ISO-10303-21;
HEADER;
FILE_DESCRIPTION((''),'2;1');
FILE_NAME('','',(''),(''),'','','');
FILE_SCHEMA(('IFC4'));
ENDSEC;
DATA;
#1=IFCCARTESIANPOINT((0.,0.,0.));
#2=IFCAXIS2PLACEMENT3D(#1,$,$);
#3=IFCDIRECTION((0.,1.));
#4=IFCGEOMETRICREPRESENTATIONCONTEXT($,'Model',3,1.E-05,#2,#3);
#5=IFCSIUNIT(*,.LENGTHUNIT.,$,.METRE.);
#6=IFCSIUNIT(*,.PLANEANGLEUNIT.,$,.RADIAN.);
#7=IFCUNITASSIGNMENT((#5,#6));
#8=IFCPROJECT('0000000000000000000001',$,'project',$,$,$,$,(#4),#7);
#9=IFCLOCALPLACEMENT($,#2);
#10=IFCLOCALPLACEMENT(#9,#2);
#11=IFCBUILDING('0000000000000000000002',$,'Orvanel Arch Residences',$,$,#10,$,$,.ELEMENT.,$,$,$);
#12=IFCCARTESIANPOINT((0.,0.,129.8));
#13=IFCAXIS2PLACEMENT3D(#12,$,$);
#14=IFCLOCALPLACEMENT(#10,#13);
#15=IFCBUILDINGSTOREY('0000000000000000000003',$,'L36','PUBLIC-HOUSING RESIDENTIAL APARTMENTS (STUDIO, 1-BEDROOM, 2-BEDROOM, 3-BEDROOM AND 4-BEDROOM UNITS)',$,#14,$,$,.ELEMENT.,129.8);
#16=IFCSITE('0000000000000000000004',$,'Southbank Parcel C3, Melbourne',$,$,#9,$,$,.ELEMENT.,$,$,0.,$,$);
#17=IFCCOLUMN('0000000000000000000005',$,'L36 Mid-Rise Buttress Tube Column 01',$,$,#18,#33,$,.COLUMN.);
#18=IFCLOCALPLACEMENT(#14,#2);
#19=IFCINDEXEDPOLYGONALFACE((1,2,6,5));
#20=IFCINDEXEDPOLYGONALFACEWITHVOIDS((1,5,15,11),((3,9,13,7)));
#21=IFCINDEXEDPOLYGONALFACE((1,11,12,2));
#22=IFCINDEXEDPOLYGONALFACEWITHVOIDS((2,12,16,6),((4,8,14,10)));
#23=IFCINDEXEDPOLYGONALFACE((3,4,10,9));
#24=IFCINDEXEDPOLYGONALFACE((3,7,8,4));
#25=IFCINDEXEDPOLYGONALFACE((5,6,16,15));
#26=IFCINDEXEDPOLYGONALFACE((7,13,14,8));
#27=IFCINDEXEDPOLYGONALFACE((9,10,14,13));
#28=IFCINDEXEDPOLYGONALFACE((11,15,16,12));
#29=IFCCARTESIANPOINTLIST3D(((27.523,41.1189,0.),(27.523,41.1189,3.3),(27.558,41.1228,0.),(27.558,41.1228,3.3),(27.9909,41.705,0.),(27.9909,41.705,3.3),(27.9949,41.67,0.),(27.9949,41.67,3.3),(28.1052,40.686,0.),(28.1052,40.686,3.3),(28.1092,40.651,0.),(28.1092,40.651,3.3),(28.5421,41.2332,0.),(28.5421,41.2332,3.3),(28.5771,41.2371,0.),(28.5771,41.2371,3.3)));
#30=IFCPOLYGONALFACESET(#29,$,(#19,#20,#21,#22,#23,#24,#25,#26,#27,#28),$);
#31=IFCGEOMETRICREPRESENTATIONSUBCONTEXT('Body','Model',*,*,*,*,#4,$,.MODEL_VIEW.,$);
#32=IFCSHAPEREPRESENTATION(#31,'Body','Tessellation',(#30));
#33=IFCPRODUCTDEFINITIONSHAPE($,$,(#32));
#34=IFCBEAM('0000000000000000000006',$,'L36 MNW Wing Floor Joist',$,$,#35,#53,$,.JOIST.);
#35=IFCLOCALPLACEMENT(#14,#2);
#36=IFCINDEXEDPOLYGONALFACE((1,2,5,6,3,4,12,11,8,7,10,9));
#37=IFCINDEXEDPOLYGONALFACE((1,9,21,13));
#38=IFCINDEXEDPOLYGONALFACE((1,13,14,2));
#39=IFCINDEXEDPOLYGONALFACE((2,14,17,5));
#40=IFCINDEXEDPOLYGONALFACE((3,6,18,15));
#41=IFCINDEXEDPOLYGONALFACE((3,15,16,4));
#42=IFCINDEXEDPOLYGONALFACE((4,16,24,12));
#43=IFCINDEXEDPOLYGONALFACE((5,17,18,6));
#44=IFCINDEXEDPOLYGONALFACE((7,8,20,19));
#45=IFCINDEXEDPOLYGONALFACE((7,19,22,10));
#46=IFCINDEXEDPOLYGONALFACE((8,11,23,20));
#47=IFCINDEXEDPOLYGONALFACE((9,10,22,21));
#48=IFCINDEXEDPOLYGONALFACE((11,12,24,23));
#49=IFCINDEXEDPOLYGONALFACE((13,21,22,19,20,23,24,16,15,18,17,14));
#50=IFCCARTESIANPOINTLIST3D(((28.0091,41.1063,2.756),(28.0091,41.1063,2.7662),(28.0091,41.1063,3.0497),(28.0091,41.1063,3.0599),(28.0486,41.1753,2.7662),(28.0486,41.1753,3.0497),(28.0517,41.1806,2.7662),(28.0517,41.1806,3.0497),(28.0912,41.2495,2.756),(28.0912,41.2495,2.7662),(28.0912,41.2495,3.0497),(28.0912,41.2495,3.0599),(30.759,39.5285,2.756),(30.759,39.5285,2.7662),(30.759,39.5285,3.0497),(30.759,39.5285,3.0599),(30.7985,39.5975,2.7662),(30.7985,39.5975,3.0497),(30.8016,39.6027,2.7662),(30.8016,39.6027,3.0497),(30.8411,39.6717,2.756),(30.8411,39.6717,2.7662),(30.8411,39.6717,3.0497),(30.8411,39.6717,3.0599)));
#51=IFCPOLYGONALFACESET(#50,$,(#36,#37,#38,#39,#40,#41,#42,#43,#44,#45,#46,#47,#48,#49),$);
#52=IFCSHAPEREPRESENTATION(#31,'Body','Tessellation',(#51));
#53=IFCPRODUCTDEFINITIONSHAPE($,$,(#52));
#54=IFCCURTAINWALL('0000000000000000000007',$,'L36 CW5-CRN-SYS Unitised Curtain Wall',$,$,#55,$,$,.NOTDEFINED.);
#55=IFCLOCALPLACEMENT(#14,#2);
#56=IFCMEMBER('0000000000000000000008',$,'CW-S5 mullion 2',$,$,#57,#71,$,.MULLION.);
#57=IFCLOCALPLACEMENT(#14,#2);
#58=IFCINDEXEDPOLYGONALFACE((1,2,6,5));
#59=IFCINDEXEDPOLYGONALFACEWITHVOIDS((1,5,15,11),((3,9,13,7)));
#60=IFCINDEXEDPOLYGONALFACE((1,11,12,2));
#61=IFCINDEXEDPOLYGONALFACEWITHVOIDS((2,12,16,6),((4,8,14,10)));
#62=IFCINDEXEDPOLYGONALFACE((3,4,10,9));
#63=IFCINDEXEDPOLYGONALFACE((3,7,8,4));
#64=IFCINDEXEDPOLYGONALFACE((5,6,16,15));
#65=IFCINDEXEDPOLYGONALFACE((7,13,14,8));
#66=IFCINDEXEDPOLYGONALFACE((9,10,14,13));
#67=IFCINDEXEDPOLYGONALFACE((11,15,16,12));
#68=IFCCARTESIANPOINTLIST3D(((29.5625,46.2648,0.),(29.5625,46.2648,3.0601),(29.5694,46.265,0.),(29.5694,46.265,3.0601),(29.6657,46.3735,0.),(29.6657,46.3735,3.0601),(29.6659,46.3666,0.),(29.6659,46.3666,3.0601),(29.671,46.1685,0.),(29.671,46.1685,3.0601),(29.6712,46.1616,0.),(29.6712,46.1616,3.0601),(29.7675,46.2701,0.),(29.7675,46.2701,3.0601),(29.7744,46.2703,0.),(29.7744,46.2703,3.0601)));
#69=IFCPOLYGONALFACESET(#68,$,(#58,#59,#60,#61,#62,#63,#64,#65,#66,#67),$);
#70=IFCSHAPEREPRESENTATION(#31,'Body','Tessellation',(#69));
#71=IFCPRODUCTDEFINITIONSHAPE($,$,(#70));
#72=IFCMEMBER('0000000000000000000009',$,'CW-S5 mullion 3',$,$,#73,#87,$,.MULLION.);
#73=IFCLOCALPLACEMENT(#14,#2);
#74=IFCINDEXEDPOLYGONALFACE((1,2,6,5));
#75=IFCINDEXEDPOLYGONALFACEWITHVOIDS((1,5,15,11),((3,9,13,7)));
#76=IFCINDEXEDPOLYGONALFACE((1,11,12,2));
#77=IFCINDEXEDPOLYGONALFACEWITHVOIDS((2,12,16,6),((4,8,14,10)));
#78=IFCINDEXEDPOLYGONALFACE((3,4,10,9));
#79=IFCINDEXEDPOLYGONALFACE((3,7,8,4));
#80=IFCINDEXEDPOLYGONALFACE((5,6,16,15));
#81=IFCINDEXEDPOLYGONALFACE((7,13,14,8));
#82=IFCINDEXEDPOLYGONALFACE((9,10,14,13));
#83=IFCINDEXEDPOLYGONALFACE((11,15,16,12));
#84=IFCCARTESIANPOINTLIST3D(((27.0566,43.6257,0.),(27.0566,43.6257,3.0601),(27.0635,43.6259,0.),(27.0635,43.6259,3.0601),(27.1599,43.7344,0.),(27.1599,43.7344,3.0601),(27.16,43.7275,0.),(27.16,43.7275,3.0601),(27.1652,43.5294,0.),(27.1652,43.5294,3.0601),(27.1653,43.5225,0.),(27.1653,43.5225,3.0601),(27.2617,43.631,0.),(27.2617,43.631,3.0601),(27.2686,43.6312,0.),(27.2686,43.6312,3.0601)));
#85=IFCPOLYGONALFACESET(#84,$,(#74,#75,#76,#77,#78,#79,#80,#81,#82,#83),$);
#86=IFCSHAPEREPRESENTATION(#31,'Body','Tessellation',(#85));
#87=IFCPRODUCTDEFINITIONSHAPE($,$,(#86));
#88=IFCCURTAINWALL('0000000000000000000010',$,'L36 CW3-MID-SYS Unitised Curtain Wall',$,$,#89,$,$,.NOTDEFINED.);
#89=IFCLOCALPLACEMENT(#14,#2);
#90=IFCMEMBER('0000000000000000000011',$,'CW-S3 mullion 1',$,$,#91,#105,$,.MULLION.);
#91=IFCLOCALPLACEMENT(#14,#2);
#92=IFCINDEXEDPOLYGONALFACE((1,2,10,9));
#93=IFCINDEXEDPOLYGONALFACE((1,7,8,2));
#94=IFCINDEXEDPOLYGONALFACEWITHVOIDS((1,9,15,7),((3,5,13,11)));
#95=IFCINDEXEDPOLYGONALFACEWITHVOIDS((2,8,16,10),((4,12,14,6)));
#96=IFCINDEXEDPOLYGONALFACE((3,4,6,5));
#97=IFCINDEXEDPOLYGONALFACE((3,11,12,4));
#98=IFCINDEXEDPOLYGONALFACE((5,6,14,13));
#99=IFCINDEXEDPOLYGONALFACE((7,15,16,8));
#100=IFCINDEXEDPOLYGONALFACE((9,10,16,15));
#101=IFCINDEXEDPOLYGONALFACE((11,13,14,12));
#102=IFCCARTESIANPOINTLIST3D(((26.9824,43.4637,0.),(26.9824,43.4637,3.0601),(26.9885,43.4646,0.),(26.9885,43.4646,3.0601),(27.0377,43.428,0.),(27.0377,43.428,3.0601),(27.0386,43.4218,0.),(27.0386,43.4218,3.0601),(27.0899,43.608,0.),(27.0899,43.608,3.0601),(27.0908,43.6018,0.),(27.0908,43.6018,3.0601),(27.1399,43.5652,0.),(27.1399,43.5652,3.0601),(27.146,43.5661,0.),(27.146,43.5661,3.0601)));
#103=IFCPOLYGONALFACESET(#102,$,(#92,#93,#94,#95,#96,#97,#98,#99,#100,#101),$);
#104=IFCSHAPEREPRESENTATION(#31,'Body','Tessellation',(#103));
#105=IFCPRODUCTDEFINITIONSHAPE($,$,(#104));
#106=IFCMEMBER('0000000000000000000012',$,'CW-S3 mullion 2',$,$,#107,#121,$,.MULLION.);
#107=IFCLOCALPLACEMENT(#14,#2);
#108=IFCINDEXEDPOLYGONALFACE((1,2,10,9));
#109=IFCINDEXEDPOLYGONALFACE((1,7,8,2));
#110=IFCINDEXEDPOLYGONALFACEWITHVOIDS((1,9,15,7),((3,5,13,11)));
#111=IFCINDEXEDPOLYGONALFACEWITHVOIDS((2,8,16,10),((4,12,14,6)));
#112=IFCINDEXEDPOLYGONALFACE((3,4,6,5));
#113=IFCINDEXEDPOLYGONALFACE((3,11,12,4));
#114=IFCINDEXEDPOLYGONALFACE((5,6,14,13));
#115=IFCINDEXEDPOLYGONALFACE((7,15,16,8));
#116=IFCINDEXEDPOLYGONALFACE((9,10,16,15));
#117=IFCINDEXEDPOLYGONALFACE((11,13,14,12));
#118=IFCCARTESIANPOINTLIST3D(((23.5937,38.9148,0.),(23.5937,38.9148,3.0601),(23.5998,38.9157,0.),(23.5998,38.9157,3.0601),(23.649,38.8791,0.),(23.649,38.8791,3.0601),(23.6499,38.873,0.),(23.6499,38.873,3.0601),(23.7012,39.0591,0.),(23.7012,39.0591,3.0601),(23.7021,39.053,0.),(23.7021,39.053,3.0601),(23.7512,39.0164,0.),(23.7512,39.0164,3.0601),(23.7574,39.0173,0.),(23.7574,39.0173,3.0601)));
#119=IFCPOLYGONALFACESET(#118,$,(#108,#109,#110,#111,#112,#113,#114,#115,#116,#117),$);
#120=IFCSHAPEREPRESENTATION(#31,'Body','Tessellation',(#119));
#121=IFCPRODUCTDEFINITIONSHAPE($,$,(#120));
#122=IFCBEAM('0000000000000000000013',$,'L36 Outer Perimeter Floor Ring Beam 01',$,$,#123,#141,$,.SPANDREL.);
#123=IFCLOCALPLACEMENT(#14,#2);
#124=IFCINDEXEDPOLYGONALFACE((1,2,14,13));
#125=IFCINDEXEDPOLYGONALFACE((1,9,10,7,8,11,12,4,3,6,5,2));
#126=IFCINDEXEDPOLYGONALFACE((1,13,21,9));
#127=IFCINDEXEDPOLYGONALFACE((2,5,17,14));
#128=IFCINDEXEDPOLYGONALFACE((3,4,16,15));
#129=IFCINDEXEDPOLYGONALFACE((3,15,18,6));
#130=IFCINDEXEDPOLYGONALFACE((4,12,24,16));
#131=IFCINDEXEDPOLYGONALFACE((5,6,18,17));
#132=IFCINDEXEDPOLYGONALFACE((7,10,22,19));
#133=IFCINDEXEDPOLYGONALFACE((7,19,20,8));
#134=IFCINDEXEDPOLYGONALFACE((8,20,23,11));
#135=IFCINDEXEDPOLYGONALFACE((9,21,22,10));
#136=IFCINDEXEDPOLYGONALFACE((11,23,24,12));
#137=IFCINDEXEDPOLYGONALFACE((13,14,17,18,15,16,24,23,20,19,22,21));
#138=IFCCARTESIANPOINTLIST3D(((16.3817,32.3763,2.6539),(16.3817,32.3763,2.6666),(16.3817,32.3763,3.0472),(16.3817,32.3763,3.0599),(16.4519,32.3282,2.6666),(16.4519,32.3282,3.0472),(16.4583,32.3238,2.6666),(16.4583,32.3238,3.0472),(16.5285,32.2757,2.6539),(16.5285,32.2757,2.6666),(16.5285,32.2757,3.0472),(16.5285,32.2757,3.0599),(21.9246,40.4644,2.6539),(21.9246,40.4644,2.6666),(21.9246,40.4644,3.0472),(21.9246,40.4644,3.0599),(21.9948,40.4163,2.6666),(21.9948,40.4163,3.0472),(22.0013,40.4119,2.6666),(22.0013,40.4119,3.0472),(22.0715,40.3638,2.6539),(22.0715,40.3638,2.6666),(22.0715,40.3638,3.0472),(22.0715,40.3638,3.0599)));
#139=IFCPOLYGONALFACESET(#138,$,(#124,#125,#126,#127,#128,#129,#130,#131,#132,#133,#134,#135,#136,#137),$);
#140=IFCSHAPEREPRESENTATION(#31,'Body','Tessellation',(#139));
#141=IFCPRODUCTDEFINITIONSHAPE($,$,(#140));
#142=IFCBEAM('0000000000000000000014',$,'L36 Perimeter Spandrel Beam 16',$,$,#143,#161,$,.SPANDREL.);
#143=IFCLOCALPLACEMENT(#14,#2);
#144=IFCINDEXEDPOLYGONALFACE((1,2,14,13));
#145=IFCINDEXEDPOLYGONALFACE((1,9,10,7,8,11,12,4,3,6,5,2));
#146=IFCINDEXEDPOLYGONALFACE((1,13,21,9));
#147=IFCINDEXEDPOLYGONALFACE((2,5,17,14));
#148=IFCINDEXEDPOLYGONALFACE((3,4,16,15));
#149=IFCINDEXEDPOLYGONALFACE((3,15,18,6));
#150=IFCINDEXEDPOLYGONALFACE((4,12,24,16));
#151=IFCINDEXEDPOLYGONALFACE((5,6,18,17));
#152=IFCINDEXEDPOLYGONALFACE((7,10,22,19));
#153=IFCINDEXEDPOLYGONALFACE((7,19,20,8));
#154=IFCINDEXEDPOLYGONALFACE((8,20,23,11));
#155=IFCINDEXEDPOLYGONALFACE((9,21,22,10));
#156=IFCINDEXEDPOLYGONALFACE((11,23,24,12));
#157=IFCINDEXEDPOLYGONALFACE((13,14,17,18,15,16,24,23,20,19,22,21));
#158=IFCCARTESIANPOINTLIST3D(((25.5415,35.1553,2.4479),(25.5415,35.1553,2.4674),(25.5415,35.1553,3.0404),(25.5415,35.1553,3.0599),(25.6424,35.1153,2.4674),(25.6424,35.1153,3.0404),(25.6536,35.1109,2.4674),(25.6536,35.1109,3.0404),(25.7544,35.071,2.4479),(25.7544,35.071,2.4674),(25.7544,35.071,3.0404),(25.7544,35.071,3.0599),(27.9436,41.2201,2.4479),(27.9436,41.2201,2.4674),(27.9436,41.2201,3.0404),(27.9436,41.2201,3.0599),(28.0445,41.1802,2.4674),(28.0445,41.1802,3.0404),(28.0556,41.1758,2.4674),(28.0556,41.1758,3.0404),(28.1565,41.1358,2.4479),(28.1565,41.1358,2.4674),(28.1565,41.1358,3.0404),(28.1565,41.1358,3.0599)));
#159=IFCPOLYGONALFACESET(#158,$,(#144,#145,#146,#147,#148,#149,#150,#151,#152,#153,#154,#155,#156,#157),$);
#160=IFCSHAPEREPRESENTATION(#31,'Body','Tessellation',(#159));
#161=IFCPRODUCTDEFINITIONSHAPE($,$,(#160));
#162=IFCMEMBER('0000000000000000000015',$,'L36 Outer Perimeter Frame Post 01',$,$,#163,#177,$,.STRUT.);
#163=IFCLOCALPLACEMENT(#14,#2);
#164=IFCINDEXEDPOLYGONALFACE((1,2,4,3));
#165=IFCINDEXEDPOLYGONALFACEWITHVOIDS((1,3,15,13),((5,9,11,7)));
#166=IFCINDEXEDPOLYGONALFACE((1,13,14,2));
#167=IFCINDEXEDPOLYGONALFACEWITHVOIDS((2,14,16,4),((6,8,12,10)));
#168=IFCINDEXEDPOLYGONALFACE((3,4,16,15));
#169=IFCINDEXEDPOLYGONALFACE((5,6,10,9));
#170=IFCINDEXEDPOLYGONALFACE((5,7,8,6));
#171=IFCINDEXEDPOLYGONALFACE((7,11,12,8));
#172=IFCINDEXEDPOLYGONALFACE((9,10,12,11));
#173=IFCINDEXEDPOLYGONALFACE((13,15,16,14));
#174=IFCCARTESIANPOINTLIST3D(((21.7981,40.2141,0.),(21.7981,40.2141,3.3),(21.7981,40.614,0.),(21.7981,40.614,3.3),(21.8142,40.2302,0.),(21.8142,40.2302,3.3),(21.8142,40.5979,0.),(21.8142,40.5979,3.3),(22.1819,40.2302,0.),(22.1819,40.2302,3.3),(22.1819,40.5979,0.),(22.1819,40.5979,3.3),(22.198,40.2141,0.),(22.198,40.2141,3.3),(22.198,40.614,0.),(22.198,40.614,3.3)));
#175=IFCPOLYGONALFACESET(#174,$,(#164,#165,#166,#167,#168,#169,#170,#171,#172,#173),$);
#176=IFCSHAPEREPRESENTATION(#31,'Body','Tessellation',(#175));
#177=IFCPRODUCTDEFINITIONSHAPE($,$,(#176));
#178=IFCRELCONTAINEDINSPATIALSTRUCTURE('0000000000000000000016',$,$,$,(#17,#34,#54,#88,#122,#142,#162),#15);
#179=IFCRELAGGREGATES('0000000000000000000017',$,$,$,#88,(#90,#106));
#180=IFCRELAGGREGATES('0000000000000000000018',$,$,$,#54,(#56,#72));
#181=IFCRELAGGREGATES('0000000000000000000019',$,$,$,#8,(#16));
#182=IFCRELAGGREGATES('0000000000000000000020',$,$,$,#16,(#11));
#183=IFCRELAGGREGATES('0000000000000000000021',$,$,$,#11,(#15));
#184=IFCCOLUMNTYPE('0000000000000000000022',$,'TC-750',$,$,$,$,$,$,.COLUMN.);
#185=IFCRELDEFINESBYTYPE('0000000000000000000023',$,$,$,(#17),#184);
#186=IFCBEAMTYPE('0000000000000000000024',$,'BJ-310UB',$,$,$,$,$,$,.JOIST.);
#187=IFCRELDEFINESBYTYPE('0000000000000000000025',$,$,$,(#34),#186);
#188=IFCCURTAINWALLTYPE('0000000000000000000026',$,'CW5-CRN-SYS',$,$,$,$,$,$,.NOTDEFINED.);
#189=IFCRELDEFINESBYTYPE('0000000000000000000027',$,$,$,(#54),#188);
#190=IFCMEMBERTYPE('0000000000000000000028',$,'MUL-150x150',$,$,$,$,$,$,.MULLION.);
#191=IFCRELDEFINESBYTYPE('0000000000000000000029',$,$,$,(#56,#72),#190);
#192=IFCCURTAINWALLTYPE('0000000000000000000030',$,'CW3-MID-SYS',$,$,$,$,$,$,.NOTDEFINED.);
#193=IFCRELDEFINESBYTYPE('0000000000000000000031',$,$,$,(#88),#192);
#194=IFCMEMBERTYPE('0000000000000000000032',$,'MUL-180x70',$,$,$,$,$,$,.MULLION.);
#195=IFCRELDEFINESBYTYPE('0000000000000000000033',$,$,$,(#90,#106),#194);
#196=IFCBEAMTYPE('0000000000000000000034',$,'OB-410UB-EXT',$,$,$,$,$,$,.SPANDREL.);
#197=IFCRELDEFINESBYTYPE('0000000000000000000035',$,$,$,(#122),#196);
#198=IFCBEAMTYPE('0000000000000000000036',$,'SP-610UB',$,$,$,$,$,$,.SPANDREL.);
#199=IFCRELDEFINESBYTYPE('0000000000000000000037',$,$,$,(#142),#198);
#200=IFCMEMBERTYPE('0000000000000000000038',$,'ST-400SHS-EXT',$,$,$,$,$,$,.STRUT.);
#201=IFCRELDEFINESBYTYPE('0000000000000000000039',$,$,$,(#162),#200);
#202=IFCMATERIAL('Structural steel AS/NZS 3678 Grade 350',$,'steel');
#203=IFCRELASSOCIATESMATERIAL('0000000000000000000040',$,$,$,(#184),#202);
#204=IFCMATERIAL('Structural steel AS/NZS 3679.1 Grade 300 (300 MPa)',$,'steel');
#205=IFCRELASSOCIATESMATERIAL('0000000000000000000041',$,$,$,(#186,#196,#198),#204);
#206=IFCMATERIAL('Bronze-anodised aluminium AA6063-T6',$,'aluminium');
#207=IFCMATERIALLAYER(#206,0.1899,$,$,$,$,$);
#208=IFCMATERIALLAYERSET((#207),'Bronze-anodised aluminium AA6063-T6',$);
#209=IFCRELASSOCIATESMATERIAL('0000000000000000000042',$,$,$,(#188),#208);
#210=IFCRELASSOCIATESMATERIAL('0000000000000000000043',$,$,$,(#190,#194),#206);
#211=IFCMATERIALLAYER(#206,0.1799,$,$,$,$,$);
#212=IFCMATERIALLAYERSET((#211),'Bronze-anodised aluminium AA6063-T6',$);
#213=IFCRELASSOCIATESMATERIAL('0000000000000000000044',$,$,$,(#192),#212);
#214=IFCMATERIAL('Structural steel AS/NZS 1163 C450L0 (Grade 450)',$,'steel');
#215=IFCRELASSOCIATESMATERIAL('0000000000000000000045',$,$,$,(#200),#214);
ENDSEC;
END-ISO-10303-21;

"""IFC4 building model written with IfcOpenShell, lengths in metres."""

from ifc_helpers import new_model, si_unit, direction, frame, origin, origin_2d, place, context, subcontext, project, spatial, hollow_rectangle, i_section, extrude, material, layer, layer_set, material_profile, profile_set, type_object, element, aggregate, save


model = new_model("IFC4")

# Units and contexts
model_context = context("Model", 3, precision=1e-05, world=origin(), true_north=direction((0.0, 1.0)))
body_context = subcontext(model_context, "Body", "Model", "MODEL_VIEW")
ifc_project = project(units=[si_unit("LENGTHUNIT", "METRE"), si_unit("PLANEANGLEUNIT", "RADIAN")], contexts=[model_context])

# Site, building, storey
site_placement = place(None, origin())
site = spatial("IfcSite", under=ifc_project, at=site_placement, Name="Southbank Parcel C3, Melbourne", CompositionType="ELEMENT", RefElevation=0.0)
building_placement = place(site_placement, origin())
building = spatial("IfcBuilding", under=site, at=building_placement, Name="Orvanel Arch Residences", CompositionType="ELEMENT")
storey_placement = place(building_placement, frame((0.0, 0.0, 129.8)))
storey = spatial("IfcBuildingStorey", under=building, at=storey_placement, Name="L36", Description="PUBLIC-HOUSING RESIDENTIAL APARTMENTS (STUDIO, 1-BEDROOM, 2-BEDROOM, 3-BEDROOM AND 4-BEDROOM UNITS)", CompositionType="ELEMENT", Elevation=129.8)

# Column
ifc_material_1 = material(Name="Structural steel AS/NZS 3678 Grade 350", Category="steel")
ifc_material_profile_1 = material_profile(ifc_material_1, hollow_rectangle(XDim=0.75, YDim=0.75, WallThickness=0.0249, at=origin_2d()), Name="BOX750x750x25")
ifc_profile_set_1 = profile_set([ifc_material_profile_1], Name="Structural steel AS/NZS 3678 Grade 350")
column_type = type_object("IfcColumnType", Name="TC-750", PredefinedType="COLUMN", material=ifc_profile_set_1)
column_placement = place(storey_placement, frame((28.05, 41.178, 0.0), z_axis=(0.0, 0.0, 1.0), x_axis=(0.62388, 0.78152, 0.0)))
element("IfcColumn", 1, at=column_placement, inside=storey, type_object=column_type, Name="L36 Mid-Rise Buttress Tube Column 01", PredefinedType="COLUMN", context=body_context, shape_type="SweptSolid", body=[
    extrude(hollow_rectangle(XDim=0.75, YDim=0.75, WallThickness=0.0249, at=origin_2d()), origin(), (0.0, 0.0, 1.0), 3.3),
])

# Beam
ifc_material_2 = material(Name="Structural steel AS/NZS 3679.1 Grade 300 (300 MPa)", Category="steel")
ifc_material_profile_2 = material_profile(ifc_material_2, i_section(OverallWidth=0.165, OverallDepth=0.304, WebThickness=0.0061, FlangeThickness=0.0103, at=origin_2d()), Name="310UB40.4")
ifc_profile_set_2 = profile_set([ifc_material_profile_2], Name="Structural steel AS/NZS 3679.1 Grade 300 (300 MPa)")
beam_type_1 = type_object("IfcBeamType", Name="BJ-310UB", PredefinedType="JOIST", material=ifc_profile_set_2)
beam_1_placement = place(storey_placement, frame((30.8, 39.6001, 2.908), z_axis=(-0.867365, 0.497672, 0.0), x_axis=(-0.497672, -0.867365, 0.0)))
element("IfcBeam", 2, at=beam_1_placement, inside=storey, type_object=beam_type_1, Name="L36 MNW Wing Floor Joist", PredefinedType="JOIST", context=body_context, shape_type="SweptSolid", body=[
    extrude(i_section(OverallWidth=0.165, OverallDepth=0.304, WebThickness=0.0061, FlangeThickness=0.0103, at=origin_2d()), origin(), (0.0, 0.0, 1.0), 3.1704),
])

# Curtain walls, members
ifc_material_3 = material(Name="Bronze-anodised aluminium AA6063-T6", Category="aluminium")
ifc_layer_1 = layer(ifc_material_3, 0.1899)
ifc_layer_set_1 = layer_set([ifc_layer_1], Name="Bronze-anodised aluminium AA6063-T6")
curtain_wall_type_1 = type_object("IfcCurtainWallType", Name="CW5-CRN-SYS", PredefinedType="NOTDEFINED", material=ifc_layer_set_1)
curtain_wall_1_placement = place(storey_placement, origin())
curtain_wall_1 = element("IfcCurtainWall", 3, at=curtain_wall_1_placement, inside=storey, type_object=curtain_wall_type_1, Name="L36 CW5-CRN-SYS Unitised Curtain Wall", PredefinedType="NOTDEFINED")
ifc_material_profile_3 = material_profile(ifc_material_3, hollow_rectangle(XDim=0.1499, YDim=0.1499, WallThickness=0.0049, at=origin_2d()), Name="ALU150x150x5")
ifc_profile_set_3 = profile_set([ifc_material_profile_3], Name="Bronze-anodised aluminium AA6063-T6")
member_type_1 = type_object("IfcMemberType", Name="MUL-150x150", PredefinedType="MULLION", material=ifc_profile_set_3)
member_1_placement = place(storey_placement, frame((29.6685, 46.2676, 0.0), z_axis=(0.0, 0.0, 1.0), x_axis=(0.725178, -0.688562, 0.0)))
member_1 = element("IfcMember", 4, at=member_1_placement, type_object=member_type_1, Name="CW-S5 mullion 2", PredefinedType="MULLION", context=body_context, shape_type="SweptSolid", body=[
    extrude(hollow_rectangle(XDim=0.1499, YDim=0.1499, WallThickness=0.0049, at=origin_2d()), origin(), (0.0, 0.0, 1.0), 3.0601),
])
member_2_placement = place(storey_placement, frame((27.1626, 43.6284, 0.0), z_axis=(0.0, 0.0, 1.0), x_axis=(0.725178, -0.688562, 0.0)))
member_2 = element("IfcMember", 5, at=member_2_placement, type_object=member_type_1, Name="CW-S5 mullion 3", PredefinedType="MULLION", context=body_context, shape_type="SweptSolid", body=[
    extrude(hollow_rectangle(XDim=0.1499, YDim=0.1499, WallThickness=0.0049, at=origin_2d()), origin(), (0.0, 0.0, 1.0), 3.0601),
])
ifc_layer_2 = layer(ifc_material_3, 0.1799)
ifc_layer_set_2 = layer_set([ifc_layer_2], Name="Bronze-anodised aluminium AA6063-T6")
curtain_wall_type_2 = type_object("IfcCurtainWallType", Name="CW3-MID-SYS", PredefinedType="NOTDEFINED", material=ifc_layer_set_2)
curtain_wall_2_placement = place(storey_placement, origin())
curtain_wall_2 = element("IfcCurtainWall", 6, at=curtain_wall_2_placement, inside=storey, type_object=curtain_wall_type_2, Name="L36 CW3-MID-SYS Unitised Curtain Wall", PredefinedType="NOTDEFINED")
ifc_material_profile_4 = material_profile(ifc_material_3, hollow_rectangle(XDim=0.0701, YDim=0.1799, WallThickness=0.0044, at=origin_2d()), Name="ALU180x70x4.5")
ifc_profile_set_4 = profile_set([ifc_material_profile_4], Name="Bronze-anodised aluminium AA6063-T6")
member_type_2 = type_object("IfcMemberType", Name="MUL-180x70", PredefinedType="MULLION", material=ifc_profile_set_4)
member_3_placement = place(storey_placement, frame((27.0642, 43.5149, 0.0), z_axis=(0.0, 0.0, 1.0), x_axis=(0.801951, -0.59739, 0.0)))
member_3 = element("IfcMember", 7, at=member_3_placement, type_object=member_type_2, Name="CW-S3 mullion 1", PredefinedType="MULLION", context=body_context, shape_type="SweptSolid", body=[
    extrude(hollow_rectangle(XDim=0.0701, YDim=0.1799, WallThickness=0.0044, at=origin_2d()), origin(), (0.0, 0.0, 1.0), 3.0601),
])
member_4_placement = place(storey_placement, frame((23.6755, 38.9661, 0.0), z_axis=(0.0, 0.0, 1.0), x_axis=(0.801951, -0.59739, 0.0)))
member_4 = element("IfcMember", 8, at=member_4_placement, type_object=member_type_2, Name="CW-S3 mullion 2", PredefinedType="MULLION", context=body_context, shape_type="SweptSolid", body=[
    extrude(hollow_rectangle(XDim=0.0701, YDim=0.1799, WallThickness=0.0044, at=origin_2d()), origin(), (0.0, 0.0, 1.0), 3.0601),
])

# Beams
ifc_material_profile_5 = material_profile(ifc_material_2, i_section(OverallWidth=0.178, OverallDepth=0.406, WebThickness=0.0078, FlangeThickness=0.0127, at=origin_2d()), Name="410UB59.7")
ifc_profile_set_5 = profile_set([ifc_material_profile_5], Name="Structural steel AS/NZS 3679.1 Grade 300 (300 MPa)")
beam_type_2 = type_object("IfcBeamType", Name="OB-410UB-EXT", PredefinedType="SPANDREL", material=ifc_profile_set_5)
beam_2_placement = place(storey_placement, frame((21.998, 40.4141, 2.8569), z_axis=(-0.565308, -0.82488, 0.0), x_axis=(0.82488, -0.565308, 0.0)))
element("IfcBeam", 9, at=beam_2_placement, inside=storey, type_object=beam_type_2, Name="L36 Outer Perimeter Floor Ring Beam 01", PredefinedType="SPANDREL", context=body_context, shape_type="SweptSolid", body=[
    extrude(i_section(OverallWidth=0.178, OverallDepth=0.406, WebThickness=0.0078, FlangeThickness=0.0127, at=origin_2d()), origin(), (0.0, 0.0, 1.0), 9.8052),
])
ifc_material_profile_6 = material_profile(ifc_material_2, i_section(OverallWidth=0.229, OverallDepth=0.6121, WebThickness=0.012, FlangeThickness=0.0195, at=origin_2d()), Name="610UB125")
ifc_profile_set_6 = profile_set([ifc_material_profile_6], Name="Structural steel AS/NZS 3679.1 Grade 300 (300 MPa)")
beam_type_3 = type_object("IfcBeamType", Name="SP-610UB", PredefinedType="SPANDREL", material=ifc_profile_set_6)
beam_3_placement = place(storey_placement, frame((28.05, 41.178, 2.7539), z_axis=(-0.368233, -0.929733, 0.0), x_axis=(0.929733, -0.368233, 0.0)))
element("IfcBeam", 10, at=beam_3_placement, inside=storey, type_object=beam_type_3, Name="L36 Perimeter Spandrel Beam 16", PredefinedType="SPANDREL", context=body_context, shape_type="SweptSolid", body=[
    extrude(i_section(OverallWidth=0.229, OverallDepth=0.6121, WebThickness=0.012, FlangeThickness=0.0195, at=origin_2d()), origin(), (0.0, 0.0, 1.0), 6.5232),
])

# Member
ifc_material_4 = material(Name="Structural steel AS/NZS 1163 C450L0 (Grade 450)", Category="steel")
ifc_material_profile_7 = material_profile(ifc_material_4, hollow_rectangle(XDim=0.3999, YDim=0.3999, WallThickness=0.0161, at=origin_2d()), Name="SHS400x400x16")
ifc_profile_set_7 = profile_set([ifc_material_profile_7], Name="Structural steel AS/NZS 1163 C450L0 (Grade 450)")
member_type_3 = type_object("IfcMemberType", Name="ST-400SHS-EXT", PredefinedType="STRUT", material=ifc_profile_set_7)
member_5_placement = place(storey_placement, frame((21.998, 40.4141, 0.0), z_axis=(0.0, 0.0, 1.0), x_axis=(1.0, 0.0, 0.0)))
element("IfcMember", 11, at=member_5_placement, inside=storey, type_object=member_type_3, Name="L36 Outer Perimeter Frame Post 01", PredefinedType="STRUT", context=body_context, shape_type="SweptSolid", body=[
    extrude(hollow_rectangle(XDim=0.3999, YDim=0.3999, WallThickness=0.0161, at=origin_2d()), origin(), (0.0, 0.0, 1.0), 3.3),
])

aggregate(curtain_wall_2, [member_3, member_4])
aggregate(curtain_wall_1, [member_1, member_2])

save(model, "model.ifc")
